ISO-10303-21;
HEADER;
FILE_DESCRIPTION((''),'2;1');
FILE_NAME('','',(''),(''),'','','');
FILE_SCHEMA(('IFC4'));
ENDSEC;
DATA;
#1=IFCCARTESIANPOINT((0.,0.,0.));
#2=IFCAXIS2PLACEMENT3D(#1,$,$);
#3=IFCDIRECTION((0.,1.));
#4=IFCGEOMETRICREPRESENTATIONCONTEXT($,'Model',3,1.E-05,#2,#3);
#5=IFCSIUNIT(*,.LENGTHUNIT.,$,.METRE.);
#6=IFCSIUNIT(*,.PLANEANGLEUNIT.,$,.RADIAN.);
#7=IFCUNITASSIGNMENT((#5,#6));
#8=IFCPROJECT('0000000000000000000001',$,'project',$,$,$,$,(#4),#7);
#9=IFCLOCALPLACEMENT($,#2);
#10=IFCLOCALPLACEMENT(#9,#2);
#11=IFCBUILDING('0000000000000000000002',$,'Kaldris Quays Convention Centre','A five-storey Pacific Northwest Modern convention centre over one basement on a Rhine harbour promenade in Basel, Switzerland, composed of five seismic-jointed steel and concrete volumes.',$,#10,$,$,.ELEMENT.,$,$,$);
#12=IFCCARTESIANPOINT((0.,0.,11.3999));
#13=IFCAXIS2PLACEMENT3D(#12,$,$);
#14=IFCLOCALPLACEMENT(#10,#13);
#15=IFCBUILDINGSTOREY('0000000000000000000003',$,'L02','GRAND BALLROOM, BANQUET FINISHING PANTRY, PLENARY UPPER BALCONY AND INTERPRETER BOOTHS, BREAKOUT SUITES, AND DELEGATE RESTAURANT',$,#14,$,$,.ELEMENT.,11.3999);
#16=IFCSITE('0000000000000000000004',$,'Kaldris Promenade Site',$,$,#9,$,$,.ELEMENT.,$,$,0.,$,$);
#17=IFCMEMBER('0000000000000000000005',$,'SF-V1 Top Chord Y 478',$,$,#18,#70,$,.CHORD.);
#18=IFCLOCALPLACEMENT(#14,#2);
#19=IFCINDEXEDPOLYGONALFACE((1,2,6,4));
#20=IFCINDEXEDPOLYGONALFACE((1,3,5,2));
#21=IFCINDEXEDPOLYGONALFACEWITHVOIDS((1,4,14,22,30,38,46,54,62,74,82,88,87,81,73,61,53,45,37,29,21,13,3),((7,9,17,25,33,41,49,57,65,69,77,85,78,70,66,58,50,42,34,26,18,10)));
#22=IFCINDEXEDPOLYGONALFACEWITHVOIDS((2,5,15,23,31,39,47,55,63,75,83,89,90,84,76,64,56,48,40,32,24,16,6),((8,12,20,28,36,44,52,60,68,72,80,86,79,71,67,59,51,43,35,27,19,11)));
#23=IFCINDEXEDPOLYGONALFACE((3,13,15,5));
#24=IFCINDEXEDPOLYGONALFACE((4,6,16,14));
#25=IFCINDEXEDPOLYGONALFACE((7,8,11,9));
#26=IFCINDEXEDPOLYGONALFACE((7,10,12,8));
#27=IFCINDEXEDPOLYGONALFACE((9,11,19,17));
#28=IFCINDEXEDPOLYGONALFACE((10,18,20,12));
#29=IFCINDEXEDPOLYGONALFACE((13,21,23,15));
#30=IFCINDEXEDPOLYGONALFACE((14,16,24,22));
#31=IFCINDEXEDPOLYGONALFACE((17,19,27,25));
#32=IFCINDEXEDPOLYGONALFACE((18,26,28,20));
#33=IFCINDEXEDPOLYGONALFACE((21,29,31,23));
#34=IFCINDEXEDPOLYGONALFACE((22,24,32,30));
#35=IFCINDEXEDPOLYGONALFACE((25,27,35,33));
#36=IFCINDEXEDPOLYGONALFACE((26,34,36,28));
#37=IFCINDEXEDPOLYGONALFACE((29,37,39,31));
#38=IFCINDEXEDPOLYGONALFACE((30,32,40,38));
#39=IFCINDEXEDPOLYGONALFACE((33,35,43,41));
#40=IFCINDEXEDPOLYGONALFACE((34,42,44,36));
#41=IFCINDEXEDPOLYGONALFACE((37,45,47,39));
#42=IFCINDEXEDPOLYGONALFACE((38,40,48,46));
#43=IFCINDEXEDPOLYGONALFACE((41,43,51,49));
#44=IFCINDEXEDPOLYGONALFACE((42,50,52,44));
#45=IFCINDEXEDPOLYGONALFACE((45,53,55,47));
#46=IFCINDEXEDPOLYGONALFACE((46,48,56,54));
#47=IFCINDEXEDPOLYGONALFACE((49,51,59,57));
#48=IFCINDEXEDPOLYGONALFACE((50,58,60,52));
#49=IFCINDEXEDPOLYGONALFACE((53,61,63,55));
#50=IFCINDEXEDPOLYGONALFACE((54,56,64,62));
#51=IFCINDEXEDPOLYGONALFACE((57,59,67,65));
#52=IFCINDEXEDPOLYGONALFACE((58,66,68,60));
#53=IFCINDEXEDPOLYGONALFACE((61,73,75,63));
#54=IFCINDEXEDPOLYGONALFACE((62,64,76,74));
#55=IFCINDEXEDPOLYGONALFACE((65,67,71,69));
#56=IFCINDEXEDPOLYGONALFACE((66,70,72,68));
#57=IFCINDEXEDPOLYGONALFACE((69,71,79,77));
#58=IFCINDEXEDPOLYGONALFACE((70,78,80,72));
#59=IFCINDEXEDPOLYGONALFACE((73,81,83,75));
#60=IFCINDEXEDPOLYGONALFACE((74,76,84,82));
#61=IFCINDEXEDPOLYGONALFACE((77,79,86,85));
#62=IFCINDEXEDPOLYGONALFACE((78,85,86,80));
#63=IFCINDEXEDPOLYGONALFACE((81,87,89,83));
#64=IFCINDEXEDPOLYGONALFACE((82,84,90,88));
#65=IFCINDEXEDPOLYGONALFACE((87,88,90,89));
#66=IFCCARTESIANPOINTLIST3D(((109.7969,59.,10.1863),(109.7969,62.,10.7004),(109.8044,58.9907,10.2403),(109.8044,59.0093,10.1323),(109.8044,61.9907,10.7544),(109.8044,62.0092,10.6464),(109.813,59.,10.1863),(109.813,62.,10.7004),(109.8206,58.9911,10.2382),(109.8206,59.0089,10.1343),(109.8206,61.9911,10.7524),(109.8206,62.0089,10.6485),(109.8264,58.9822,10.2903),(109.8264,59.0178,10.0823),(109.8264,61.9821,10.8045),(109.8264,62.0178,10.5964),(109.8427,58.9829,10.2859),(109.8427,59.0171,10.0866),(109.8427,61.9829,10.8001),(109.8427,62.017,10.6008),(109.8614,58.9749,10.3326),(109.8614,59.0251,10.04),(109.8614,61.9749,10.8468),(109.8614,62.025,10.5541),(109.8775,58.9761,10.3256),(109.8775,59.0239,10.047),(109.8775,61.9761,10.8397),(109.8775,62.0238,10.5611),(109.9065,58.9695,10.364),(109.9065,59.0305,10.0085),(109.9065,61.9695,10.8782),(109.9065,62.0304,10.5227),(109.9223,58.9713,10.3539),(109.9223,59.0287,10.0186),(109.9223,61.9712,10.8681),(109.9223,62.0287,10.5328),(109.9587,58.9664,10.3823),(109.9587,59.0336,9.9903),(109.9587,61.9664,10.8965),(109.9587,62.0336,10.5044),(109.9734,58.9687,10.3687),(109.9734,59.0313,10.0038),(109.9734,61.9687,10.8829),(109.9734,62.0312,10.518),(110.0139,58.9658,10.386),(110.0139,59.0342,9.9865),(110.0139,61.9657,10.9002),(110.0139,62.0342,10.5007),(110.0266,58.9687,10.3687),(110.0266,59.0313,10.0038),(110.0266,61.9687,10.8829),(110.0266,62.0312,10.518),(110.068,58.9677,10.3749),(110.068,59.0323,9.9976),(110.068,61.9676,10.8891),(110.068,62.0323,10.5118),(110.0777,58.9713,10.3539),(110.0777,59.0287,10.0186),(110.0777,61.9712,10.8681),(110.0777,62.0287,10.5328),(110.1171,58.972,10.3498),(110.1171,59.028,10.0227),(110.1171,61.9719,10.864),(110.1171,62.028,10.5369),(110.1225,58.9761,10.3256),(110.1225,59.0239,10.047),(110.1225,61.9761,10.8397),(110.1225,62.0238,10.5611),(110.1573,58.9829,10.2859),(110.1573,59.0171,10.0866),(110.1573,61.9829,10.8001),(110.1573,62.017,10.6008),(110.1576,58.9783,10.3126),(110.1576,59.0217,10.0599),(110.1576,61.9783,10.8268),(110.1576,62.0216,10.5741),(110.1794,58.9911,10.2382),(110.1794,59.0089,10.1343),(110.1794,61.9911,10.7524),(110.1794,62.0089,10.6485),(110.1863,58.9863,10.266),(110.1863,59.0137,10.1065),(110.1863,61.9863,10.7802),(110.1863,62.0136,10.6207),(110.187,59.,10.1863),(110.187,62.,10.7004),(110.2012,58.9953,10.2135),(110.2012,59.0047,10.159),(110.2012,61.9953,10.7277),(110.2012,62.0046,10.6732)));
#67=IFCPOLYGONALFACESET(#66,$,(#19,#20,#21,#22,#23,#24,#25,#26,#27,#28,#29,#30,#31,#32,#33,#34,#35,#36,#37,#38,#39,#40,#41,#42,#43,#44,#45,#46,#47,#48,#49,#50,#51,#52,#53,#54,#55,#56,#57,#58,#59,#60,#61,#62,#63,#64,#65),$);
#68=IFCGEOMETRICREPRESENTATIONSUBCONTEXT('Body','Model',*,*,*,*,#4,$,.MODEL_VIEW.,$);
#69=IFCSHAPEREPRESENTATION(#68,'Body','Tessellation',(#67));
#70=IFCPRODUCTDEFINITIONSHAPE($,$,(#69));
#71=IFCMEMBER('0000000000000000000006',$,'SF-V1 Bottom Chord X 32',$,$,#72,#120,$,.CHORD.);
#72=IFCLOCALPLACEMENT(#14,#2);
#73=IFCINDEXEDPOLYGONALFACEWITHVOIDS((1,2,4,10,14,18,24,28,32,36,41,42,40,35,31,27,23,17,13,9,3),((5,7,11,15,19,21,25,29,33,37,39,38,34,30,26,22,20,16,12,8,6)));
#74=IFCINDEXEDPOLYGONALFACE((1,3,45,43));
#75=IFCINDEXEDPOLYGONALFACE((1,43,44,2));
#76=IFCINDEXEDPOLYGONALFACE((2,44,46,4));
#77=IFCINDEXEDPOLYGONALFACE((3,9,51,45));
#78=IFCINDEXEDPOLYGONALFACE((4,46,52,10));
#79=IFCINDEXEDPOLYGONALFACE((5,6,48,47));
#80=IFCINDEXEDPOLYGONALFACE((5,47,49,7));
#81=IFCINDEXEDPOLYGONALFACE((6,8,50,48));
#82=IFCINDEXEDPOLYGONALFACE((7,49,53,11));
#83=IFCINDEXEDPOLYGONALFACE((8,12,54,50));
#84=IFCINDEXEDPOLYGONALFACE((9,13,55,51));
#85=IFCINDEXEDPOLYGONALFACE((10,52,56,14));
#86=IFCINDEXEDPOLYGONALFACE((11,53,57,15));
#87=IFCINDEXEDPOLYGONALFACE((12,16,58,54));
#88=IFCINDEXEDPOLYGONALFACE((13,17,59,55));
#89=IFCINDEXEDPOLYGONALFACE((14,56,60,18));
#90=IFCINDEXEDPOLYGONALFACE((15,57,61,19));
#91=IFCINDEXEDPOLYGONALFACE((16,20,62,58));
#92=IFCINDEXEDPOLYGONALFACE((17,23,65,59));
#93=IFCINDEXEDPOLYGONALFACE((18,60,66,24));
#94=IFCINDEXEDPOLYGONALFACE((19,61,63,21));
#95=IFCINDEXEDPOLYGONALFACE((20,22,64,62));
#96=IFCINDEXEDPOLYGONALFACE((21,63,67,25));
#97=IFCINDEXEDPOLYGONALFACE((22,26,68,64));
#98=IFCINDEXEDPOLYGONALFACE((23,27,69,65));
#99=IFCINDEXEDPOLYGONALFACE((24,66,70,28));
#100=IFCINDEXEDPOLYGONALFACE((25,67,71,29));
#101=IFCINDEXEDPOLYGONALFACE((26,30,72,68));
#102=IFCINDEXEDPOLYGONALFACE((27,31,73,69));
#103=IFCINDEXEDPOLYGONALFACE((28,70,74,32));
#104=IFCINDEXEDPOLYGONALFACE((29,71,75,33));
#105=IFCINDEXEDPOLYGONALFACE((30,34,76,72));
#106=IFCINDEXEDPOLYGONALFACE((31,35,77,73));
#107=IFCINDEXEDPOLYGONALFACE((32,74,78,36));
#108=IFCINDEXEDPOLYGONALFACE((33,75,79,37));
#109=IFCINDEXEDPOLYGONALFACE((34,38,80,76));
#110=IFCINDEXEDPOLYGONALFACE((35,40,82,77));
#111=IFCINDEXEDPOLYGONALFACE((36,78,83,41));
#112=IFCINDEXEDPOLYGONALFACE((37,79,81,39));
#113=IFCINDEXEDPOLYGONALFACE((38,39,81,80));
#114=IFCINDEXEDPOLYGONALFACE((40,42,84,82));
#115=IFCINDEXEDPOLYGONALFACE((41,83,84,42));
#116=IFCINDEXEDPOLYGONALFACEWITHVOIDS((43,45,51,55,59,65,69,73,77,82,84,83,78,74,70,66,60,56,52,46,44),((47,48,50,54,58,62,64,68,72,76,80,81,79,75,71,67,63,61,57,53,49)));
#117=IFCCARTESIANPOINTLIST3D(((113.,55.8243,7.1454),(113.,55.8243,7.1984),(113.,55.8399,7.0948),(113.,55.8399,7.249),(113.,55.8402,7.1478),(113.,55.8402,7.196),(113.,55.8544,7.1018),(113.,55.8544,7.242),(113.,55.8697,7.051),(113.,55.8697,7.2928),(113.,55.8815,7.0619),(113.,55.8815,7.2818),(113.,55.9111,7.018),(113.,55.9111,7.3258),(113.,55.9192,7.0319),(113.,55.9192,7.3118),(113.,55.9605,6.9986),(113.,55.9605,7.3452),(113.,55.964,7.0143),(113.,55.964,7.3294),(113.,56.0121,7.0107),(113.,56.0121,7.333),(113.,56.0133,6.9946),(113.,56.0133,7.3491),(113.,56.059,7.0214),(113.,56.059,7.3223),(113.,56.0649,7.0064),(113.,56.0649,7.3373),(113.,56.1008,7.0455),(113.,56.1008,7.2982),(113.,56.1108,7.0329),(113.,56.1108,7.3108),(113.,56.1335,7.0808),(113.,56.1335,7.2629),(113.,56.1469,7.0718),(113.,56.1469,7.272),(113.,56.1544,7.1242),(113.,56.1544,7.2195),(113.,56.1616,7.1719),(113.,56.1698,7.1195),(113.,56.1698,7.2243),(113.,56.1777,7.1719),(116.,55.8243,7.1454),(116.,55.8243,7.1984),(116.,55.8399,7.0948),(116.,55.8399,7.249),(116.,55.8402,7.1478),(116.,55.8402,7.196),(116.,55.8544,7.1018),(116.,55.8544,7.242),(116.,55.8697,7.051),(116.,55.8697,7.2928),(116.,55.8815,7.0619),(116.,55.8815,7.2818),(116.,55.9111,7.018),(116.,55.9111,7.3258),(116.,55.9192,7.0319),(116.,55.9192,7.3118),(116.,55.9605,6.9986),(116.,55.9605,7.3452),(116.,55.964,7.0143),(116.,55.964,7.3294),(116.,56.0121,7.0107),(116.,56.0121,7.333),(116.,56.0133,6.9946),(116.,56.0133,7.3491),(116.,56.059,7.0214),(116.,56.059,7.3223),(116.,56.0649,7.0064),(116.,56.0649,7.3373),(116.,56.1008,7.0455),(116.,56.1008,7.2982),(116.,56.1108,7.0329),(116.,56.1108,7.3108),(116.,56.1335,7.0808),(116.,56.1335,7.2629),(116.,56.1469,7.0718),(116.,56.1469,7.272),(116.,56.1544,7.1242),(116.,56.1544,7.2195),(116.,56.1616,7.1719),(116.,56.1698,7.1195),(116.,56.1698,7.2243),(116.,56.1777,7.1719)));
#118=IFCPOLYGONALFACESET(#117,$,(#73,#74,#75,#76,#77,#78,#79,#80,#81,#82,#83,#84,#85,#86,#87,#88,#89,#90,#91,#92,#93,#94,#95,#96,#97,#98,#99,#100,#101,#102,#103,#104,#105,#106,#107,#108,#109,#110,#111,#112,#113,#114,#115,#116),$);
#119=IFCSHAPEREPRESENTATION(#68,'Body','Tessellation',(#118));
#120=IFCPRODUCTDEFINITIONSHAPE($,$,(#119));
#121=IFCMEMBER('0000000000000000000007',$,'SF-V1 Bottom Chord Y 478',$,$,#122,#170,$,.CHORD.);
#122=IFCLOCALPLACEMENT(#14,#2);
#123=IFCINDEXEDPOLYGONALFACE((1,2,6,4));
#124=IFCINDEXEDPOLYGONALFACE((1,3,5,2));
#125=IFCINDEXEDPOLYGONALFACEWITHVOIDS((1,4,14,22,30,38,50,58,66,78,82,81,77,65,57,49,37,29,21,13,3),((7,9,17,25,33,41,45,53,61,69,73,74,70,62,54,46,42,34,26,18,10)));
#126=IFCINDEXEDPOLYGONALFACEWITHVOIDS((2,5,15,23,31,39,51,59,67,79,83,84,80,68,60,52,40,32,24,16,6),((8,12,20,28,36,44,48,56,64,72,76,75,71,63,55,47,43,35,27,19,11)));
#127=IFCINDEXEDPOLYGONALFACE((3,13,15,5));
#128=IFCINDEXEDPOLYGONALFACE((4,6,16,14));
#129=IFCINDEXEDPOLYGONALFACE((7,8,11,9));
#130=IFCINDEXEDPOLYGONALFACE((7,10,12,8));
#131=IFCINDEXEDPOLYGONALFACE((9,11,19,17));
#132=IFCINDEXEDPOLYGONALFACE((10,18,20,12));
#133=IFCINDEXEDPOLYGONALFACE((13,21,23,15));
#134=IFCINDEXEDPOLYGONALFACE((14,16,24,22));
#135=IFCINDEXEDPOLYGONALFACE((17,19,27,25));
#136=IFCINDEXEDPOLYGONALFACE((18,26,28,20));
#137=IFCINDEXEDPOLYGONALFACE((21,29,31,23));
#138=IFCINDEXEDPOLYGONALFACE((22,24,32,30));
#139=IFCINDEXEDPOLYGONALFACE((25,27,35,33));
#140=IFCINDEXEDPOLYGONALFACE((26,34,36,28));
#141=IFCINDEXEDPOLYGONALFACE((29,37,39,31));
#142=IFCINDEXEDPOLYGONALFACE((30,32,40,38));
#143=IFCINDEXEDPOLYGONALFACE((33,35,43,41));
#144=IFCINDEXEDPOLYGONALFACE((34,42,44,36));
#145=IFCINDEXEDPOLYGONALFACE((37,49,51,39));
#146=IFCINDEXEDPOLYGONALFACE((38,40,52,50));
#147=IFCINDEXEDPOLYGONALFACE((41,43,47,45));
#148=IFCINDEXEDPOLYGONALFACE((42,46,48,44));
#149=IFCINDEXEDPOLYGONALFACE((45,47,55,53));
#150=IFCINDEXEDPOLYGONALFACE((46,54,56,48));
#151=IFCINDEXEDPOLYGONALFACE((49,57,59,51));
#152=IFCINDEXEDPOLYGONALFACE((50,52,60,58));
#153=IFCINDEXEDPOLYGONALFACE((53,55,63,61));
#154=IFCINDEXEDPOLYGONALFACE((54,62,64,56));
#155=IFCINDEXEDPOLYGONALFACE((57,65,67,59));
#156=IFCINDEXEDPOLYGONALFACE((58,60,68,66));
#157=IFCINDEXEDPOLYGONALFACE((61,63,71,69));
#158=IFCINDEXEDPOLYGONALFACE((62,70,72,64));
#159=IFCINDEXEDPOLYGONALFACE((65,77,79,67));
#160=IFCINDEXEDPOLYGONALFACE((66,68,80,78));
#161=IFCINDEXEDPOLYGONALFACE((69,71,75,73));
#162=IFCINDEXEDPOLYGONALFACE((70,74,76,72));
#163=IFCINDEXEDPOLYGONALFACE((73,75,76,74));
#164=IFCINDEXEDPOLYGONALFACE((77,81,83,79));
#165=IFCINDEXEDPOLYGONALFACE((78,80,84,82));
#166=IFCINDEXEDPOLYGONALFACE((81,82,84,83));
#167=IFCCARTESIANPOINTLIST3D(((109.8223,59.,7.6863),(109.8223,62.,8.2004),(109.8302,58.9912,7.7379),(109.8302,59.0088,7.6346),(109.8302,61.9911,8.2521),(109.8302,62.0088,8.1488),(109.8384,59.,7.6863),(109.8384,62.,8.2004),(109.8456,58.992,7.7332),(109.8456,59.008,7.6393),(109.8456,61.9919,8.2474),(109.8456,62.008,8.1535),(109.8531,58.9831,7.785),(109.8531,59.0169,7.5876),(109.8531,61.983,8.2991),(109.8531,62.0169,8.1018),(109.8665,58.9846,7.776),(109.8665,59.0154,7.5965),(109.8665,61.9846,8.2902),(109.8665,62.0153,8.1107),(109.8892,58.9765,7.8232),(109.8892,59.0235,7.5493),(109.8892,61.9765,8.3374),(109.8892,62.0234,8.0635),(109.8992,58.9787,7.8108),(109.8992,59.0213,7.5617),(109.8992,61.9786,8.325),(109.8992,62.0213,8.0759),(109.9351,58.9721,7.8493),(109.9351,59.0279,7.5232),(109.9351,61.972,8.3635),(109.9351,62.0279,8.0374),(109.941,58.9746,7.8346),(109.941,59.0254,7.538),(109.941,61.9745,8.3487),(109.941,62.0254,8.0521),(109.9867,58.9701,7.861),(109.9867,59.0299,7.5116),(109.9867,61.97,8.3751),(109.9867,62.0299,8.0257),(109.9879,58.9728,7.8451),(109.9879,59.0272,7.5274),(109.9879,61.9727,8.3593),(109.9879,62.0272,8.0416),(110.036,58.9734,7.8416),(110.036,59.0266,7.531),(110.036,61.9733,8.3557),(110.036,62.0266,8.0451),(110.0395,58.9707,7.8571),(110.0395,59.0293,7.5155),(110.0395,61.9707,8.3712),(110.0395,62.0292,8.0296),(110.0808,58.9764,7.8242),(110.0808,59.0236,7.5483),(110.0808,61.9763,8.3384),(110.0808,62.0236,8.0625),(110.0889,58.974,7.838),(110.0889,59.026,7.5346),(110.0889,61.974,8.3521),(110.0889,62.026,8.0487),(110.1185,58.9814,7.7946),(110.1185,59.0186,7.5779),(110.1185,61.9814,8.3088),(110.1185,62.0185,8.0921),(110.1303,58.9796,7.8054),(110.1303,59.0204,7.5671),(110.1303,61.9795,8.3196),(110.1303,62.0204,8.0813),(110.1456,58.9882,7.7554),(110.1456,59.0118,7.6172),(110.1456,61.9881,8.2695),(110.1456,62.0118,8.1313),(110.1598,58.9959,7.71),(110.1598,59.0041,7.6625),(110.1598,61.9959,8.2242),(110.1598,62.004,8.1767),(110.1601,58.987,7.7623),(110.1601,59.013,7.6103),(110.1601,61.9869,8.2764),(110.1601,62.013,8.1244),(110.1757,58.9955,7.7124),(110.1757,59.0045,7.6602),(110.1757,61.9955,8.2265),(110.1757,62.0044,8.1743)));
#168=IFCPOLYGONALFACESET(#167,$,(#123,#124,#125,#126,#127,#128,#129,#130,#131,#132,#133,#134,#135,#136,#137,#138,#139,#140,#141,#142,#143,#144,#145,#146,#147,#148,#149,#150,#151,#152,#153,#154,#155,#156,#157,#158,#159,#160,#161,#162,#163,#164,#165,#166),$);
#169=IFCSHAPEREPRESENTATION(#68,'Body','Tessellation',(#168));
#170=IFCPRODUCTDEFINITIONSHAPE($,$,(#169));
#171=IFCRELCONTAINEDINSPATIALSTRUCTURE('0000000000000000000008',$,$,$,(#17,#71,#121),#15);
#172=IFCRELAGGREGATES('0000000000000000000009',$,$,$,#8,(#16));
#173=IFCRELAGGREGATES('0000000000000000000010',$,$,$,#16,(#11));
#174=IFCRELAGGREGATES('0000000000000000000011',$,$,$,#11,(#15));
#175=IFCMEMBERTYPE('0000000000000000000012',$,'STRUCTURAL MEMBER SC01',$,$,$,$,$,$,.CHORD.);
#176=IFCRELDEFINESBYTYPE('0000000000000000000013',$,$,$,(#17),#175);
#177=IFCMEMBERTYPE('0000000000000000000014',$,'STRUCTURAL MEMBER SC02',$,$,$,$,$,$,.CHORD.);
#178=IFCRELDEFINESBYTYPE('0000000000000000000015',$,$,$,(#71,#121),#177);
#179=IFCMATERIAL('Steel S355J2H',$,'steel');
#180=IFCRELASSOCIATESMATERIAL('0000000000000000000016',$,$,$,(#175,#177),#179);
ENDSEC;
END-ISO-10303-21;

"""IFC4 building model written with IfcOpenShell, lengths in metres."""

from ifc_helpers import new_model, si_unit, direction, frame, origin, origin_2d, place, context, subcontext, project, spatial, hollow_circle, extrude, material, material_profile, profile_set, type_object, element, save


model = new_model("IFC4")

# Units and contexts
model_context = context("Model", 3, precision=1e-05, world=origin(), true_north=direction((0.0, 1.0)))
body_context = subcontext(model_context, "Body", "Model", "MODEL_VIEW")
ifc_project = project(units=[si_unit("LENGTHUNIT", "METRE"), si_unit("PLANEANGLEUNIT", "RADIAN")], contexts=[model_context])

# Site, building, storey
site_placement = place(None, origin())
site = spatial("IfcSite", under=ifc_project, at=site_placement, Name="Kaldris Promenade Site", CompositionType="ELEMENT", RefElevation=0.0)
building_placement = place(site_placement, origin())
building = spatial("IfcBuilding", under=site, at=building_placement, Name="Kaldris Quays Convention Centre", Description="A five-storey Pacific Northwest Modern convention centre over one basement on a Rhine harbour promenade in Basel, Switzerland, composed of five seismic-jointed steel and concrete volumes.", CompositionType="ELEMENT")
storey_placement = place(building_placement, frame((0.0, 0.0, 11.3999)))
storey = spatial("IfcBuildingStorey", under=building, at=storey_placement, Name="L02", Description="GRAND BALLROOM, BANQUET FINISHING PANTRY, PLENARY UPPER BALCONY AND INTERPRETER BOOTHS, BREAKOUT SUITES, AND DELEGATE RESTAURANT", CompositionType="ELEMENT", Elevation=11.3999)

# Members
ifc_material_1 = material(Name="Steel S355J2H", Category="steel")
ifc_material_profile_1 = material_profile(ifc_material_1, hollow_circle(Radius=0.2031, WallThickness=0.0161, at=origin_2d()), Name="CHS 406.4x16")
ifc_profile_set_1 = profile_set([ifc_material_profile_1], Name="Steel S355J2H")
member_type_1 = type_object("IfcMemberType", Name="STRUCTURAL MEMBER SC01", PredefinedType="CHORD", material=ifc_profile_set_1)
member_1_placement = place(storey_placement, frame((110.0, 59.0, 10.1863), z_axis=(0.0, 0.985629, 0.168924), x_axis=(-1.0, 0.0, 0.0)))
element("IfcMember", 1, at=member_1_placement, inside=storey, type_object=member_type_1, Name="SF-V1 Top Chord Y 478", PredefinedType="CHORD", context=body_context, shape_type="SweptSolid", body=[
    extrude(hollow_circle(Radius=0.2031, WallThickness=0.0161, at=origin_2d()), origin(), (0.0, 0.0, 1.0), 3.0437),
])
ifc_material_profile_2 = material_profile(ifc_material_1, hollow_circle(Radius=0.1777, WallThickness=0.0161, at=origin_2d()), Name="CHS 355.6x16")
ifc_profile_set_2 = profile_set([ifc_material_profile_2], Name="Steel S355J2H")
member_type_2 = type_object("IfcMemberType", Name="STRUCTURAL MEMBER SC02", PredefinedType="CHORD", material=ifc_profile_set_2)
member_2_placement = place(storey_placement, frame((113.0, 56.0, 7.1719), z_axis=(1.0, 0.0, 0.0), x_axis=(0.0, 1.0, 0.0)))
element("IfcMember", 2, at=member_2_placement, inside=storey, type_object=member_type_2, Name="SF-V1 Bottom Chord X 32", PredefinedType="CHORD", context=body_context, shape_type="SweptSolid", body=[
    extrude(hollow_circle(Radius=0.1777, WallThickness=0.0161, at=origin_2d()), origin(), (0.0, 0.0, 1.0), 3.0),
])
member_3_placement = place(storey_placement, frame((110.0, 59.0, 7.6863), z_axis=(0.0, 0.985629, 0.168924), x_axis=(-1.0, 0.0, 0.0)))
element("IfcMember", 3, at=member_3_placement, inside=storey, type_object=member_type_2, Name="SF-V1 Bottom Chord Y 478", PredefinedType="CHORD", context=body_context, shape_type="SweptSolid", body=[
    extrude(hollow_circle(Radius=0.1777, WallThickness=0.0161, at=origin_2d()), origin(), (0.0, 0.0, 1.0), 3.0437),
])

save(model, "model.ifc")
